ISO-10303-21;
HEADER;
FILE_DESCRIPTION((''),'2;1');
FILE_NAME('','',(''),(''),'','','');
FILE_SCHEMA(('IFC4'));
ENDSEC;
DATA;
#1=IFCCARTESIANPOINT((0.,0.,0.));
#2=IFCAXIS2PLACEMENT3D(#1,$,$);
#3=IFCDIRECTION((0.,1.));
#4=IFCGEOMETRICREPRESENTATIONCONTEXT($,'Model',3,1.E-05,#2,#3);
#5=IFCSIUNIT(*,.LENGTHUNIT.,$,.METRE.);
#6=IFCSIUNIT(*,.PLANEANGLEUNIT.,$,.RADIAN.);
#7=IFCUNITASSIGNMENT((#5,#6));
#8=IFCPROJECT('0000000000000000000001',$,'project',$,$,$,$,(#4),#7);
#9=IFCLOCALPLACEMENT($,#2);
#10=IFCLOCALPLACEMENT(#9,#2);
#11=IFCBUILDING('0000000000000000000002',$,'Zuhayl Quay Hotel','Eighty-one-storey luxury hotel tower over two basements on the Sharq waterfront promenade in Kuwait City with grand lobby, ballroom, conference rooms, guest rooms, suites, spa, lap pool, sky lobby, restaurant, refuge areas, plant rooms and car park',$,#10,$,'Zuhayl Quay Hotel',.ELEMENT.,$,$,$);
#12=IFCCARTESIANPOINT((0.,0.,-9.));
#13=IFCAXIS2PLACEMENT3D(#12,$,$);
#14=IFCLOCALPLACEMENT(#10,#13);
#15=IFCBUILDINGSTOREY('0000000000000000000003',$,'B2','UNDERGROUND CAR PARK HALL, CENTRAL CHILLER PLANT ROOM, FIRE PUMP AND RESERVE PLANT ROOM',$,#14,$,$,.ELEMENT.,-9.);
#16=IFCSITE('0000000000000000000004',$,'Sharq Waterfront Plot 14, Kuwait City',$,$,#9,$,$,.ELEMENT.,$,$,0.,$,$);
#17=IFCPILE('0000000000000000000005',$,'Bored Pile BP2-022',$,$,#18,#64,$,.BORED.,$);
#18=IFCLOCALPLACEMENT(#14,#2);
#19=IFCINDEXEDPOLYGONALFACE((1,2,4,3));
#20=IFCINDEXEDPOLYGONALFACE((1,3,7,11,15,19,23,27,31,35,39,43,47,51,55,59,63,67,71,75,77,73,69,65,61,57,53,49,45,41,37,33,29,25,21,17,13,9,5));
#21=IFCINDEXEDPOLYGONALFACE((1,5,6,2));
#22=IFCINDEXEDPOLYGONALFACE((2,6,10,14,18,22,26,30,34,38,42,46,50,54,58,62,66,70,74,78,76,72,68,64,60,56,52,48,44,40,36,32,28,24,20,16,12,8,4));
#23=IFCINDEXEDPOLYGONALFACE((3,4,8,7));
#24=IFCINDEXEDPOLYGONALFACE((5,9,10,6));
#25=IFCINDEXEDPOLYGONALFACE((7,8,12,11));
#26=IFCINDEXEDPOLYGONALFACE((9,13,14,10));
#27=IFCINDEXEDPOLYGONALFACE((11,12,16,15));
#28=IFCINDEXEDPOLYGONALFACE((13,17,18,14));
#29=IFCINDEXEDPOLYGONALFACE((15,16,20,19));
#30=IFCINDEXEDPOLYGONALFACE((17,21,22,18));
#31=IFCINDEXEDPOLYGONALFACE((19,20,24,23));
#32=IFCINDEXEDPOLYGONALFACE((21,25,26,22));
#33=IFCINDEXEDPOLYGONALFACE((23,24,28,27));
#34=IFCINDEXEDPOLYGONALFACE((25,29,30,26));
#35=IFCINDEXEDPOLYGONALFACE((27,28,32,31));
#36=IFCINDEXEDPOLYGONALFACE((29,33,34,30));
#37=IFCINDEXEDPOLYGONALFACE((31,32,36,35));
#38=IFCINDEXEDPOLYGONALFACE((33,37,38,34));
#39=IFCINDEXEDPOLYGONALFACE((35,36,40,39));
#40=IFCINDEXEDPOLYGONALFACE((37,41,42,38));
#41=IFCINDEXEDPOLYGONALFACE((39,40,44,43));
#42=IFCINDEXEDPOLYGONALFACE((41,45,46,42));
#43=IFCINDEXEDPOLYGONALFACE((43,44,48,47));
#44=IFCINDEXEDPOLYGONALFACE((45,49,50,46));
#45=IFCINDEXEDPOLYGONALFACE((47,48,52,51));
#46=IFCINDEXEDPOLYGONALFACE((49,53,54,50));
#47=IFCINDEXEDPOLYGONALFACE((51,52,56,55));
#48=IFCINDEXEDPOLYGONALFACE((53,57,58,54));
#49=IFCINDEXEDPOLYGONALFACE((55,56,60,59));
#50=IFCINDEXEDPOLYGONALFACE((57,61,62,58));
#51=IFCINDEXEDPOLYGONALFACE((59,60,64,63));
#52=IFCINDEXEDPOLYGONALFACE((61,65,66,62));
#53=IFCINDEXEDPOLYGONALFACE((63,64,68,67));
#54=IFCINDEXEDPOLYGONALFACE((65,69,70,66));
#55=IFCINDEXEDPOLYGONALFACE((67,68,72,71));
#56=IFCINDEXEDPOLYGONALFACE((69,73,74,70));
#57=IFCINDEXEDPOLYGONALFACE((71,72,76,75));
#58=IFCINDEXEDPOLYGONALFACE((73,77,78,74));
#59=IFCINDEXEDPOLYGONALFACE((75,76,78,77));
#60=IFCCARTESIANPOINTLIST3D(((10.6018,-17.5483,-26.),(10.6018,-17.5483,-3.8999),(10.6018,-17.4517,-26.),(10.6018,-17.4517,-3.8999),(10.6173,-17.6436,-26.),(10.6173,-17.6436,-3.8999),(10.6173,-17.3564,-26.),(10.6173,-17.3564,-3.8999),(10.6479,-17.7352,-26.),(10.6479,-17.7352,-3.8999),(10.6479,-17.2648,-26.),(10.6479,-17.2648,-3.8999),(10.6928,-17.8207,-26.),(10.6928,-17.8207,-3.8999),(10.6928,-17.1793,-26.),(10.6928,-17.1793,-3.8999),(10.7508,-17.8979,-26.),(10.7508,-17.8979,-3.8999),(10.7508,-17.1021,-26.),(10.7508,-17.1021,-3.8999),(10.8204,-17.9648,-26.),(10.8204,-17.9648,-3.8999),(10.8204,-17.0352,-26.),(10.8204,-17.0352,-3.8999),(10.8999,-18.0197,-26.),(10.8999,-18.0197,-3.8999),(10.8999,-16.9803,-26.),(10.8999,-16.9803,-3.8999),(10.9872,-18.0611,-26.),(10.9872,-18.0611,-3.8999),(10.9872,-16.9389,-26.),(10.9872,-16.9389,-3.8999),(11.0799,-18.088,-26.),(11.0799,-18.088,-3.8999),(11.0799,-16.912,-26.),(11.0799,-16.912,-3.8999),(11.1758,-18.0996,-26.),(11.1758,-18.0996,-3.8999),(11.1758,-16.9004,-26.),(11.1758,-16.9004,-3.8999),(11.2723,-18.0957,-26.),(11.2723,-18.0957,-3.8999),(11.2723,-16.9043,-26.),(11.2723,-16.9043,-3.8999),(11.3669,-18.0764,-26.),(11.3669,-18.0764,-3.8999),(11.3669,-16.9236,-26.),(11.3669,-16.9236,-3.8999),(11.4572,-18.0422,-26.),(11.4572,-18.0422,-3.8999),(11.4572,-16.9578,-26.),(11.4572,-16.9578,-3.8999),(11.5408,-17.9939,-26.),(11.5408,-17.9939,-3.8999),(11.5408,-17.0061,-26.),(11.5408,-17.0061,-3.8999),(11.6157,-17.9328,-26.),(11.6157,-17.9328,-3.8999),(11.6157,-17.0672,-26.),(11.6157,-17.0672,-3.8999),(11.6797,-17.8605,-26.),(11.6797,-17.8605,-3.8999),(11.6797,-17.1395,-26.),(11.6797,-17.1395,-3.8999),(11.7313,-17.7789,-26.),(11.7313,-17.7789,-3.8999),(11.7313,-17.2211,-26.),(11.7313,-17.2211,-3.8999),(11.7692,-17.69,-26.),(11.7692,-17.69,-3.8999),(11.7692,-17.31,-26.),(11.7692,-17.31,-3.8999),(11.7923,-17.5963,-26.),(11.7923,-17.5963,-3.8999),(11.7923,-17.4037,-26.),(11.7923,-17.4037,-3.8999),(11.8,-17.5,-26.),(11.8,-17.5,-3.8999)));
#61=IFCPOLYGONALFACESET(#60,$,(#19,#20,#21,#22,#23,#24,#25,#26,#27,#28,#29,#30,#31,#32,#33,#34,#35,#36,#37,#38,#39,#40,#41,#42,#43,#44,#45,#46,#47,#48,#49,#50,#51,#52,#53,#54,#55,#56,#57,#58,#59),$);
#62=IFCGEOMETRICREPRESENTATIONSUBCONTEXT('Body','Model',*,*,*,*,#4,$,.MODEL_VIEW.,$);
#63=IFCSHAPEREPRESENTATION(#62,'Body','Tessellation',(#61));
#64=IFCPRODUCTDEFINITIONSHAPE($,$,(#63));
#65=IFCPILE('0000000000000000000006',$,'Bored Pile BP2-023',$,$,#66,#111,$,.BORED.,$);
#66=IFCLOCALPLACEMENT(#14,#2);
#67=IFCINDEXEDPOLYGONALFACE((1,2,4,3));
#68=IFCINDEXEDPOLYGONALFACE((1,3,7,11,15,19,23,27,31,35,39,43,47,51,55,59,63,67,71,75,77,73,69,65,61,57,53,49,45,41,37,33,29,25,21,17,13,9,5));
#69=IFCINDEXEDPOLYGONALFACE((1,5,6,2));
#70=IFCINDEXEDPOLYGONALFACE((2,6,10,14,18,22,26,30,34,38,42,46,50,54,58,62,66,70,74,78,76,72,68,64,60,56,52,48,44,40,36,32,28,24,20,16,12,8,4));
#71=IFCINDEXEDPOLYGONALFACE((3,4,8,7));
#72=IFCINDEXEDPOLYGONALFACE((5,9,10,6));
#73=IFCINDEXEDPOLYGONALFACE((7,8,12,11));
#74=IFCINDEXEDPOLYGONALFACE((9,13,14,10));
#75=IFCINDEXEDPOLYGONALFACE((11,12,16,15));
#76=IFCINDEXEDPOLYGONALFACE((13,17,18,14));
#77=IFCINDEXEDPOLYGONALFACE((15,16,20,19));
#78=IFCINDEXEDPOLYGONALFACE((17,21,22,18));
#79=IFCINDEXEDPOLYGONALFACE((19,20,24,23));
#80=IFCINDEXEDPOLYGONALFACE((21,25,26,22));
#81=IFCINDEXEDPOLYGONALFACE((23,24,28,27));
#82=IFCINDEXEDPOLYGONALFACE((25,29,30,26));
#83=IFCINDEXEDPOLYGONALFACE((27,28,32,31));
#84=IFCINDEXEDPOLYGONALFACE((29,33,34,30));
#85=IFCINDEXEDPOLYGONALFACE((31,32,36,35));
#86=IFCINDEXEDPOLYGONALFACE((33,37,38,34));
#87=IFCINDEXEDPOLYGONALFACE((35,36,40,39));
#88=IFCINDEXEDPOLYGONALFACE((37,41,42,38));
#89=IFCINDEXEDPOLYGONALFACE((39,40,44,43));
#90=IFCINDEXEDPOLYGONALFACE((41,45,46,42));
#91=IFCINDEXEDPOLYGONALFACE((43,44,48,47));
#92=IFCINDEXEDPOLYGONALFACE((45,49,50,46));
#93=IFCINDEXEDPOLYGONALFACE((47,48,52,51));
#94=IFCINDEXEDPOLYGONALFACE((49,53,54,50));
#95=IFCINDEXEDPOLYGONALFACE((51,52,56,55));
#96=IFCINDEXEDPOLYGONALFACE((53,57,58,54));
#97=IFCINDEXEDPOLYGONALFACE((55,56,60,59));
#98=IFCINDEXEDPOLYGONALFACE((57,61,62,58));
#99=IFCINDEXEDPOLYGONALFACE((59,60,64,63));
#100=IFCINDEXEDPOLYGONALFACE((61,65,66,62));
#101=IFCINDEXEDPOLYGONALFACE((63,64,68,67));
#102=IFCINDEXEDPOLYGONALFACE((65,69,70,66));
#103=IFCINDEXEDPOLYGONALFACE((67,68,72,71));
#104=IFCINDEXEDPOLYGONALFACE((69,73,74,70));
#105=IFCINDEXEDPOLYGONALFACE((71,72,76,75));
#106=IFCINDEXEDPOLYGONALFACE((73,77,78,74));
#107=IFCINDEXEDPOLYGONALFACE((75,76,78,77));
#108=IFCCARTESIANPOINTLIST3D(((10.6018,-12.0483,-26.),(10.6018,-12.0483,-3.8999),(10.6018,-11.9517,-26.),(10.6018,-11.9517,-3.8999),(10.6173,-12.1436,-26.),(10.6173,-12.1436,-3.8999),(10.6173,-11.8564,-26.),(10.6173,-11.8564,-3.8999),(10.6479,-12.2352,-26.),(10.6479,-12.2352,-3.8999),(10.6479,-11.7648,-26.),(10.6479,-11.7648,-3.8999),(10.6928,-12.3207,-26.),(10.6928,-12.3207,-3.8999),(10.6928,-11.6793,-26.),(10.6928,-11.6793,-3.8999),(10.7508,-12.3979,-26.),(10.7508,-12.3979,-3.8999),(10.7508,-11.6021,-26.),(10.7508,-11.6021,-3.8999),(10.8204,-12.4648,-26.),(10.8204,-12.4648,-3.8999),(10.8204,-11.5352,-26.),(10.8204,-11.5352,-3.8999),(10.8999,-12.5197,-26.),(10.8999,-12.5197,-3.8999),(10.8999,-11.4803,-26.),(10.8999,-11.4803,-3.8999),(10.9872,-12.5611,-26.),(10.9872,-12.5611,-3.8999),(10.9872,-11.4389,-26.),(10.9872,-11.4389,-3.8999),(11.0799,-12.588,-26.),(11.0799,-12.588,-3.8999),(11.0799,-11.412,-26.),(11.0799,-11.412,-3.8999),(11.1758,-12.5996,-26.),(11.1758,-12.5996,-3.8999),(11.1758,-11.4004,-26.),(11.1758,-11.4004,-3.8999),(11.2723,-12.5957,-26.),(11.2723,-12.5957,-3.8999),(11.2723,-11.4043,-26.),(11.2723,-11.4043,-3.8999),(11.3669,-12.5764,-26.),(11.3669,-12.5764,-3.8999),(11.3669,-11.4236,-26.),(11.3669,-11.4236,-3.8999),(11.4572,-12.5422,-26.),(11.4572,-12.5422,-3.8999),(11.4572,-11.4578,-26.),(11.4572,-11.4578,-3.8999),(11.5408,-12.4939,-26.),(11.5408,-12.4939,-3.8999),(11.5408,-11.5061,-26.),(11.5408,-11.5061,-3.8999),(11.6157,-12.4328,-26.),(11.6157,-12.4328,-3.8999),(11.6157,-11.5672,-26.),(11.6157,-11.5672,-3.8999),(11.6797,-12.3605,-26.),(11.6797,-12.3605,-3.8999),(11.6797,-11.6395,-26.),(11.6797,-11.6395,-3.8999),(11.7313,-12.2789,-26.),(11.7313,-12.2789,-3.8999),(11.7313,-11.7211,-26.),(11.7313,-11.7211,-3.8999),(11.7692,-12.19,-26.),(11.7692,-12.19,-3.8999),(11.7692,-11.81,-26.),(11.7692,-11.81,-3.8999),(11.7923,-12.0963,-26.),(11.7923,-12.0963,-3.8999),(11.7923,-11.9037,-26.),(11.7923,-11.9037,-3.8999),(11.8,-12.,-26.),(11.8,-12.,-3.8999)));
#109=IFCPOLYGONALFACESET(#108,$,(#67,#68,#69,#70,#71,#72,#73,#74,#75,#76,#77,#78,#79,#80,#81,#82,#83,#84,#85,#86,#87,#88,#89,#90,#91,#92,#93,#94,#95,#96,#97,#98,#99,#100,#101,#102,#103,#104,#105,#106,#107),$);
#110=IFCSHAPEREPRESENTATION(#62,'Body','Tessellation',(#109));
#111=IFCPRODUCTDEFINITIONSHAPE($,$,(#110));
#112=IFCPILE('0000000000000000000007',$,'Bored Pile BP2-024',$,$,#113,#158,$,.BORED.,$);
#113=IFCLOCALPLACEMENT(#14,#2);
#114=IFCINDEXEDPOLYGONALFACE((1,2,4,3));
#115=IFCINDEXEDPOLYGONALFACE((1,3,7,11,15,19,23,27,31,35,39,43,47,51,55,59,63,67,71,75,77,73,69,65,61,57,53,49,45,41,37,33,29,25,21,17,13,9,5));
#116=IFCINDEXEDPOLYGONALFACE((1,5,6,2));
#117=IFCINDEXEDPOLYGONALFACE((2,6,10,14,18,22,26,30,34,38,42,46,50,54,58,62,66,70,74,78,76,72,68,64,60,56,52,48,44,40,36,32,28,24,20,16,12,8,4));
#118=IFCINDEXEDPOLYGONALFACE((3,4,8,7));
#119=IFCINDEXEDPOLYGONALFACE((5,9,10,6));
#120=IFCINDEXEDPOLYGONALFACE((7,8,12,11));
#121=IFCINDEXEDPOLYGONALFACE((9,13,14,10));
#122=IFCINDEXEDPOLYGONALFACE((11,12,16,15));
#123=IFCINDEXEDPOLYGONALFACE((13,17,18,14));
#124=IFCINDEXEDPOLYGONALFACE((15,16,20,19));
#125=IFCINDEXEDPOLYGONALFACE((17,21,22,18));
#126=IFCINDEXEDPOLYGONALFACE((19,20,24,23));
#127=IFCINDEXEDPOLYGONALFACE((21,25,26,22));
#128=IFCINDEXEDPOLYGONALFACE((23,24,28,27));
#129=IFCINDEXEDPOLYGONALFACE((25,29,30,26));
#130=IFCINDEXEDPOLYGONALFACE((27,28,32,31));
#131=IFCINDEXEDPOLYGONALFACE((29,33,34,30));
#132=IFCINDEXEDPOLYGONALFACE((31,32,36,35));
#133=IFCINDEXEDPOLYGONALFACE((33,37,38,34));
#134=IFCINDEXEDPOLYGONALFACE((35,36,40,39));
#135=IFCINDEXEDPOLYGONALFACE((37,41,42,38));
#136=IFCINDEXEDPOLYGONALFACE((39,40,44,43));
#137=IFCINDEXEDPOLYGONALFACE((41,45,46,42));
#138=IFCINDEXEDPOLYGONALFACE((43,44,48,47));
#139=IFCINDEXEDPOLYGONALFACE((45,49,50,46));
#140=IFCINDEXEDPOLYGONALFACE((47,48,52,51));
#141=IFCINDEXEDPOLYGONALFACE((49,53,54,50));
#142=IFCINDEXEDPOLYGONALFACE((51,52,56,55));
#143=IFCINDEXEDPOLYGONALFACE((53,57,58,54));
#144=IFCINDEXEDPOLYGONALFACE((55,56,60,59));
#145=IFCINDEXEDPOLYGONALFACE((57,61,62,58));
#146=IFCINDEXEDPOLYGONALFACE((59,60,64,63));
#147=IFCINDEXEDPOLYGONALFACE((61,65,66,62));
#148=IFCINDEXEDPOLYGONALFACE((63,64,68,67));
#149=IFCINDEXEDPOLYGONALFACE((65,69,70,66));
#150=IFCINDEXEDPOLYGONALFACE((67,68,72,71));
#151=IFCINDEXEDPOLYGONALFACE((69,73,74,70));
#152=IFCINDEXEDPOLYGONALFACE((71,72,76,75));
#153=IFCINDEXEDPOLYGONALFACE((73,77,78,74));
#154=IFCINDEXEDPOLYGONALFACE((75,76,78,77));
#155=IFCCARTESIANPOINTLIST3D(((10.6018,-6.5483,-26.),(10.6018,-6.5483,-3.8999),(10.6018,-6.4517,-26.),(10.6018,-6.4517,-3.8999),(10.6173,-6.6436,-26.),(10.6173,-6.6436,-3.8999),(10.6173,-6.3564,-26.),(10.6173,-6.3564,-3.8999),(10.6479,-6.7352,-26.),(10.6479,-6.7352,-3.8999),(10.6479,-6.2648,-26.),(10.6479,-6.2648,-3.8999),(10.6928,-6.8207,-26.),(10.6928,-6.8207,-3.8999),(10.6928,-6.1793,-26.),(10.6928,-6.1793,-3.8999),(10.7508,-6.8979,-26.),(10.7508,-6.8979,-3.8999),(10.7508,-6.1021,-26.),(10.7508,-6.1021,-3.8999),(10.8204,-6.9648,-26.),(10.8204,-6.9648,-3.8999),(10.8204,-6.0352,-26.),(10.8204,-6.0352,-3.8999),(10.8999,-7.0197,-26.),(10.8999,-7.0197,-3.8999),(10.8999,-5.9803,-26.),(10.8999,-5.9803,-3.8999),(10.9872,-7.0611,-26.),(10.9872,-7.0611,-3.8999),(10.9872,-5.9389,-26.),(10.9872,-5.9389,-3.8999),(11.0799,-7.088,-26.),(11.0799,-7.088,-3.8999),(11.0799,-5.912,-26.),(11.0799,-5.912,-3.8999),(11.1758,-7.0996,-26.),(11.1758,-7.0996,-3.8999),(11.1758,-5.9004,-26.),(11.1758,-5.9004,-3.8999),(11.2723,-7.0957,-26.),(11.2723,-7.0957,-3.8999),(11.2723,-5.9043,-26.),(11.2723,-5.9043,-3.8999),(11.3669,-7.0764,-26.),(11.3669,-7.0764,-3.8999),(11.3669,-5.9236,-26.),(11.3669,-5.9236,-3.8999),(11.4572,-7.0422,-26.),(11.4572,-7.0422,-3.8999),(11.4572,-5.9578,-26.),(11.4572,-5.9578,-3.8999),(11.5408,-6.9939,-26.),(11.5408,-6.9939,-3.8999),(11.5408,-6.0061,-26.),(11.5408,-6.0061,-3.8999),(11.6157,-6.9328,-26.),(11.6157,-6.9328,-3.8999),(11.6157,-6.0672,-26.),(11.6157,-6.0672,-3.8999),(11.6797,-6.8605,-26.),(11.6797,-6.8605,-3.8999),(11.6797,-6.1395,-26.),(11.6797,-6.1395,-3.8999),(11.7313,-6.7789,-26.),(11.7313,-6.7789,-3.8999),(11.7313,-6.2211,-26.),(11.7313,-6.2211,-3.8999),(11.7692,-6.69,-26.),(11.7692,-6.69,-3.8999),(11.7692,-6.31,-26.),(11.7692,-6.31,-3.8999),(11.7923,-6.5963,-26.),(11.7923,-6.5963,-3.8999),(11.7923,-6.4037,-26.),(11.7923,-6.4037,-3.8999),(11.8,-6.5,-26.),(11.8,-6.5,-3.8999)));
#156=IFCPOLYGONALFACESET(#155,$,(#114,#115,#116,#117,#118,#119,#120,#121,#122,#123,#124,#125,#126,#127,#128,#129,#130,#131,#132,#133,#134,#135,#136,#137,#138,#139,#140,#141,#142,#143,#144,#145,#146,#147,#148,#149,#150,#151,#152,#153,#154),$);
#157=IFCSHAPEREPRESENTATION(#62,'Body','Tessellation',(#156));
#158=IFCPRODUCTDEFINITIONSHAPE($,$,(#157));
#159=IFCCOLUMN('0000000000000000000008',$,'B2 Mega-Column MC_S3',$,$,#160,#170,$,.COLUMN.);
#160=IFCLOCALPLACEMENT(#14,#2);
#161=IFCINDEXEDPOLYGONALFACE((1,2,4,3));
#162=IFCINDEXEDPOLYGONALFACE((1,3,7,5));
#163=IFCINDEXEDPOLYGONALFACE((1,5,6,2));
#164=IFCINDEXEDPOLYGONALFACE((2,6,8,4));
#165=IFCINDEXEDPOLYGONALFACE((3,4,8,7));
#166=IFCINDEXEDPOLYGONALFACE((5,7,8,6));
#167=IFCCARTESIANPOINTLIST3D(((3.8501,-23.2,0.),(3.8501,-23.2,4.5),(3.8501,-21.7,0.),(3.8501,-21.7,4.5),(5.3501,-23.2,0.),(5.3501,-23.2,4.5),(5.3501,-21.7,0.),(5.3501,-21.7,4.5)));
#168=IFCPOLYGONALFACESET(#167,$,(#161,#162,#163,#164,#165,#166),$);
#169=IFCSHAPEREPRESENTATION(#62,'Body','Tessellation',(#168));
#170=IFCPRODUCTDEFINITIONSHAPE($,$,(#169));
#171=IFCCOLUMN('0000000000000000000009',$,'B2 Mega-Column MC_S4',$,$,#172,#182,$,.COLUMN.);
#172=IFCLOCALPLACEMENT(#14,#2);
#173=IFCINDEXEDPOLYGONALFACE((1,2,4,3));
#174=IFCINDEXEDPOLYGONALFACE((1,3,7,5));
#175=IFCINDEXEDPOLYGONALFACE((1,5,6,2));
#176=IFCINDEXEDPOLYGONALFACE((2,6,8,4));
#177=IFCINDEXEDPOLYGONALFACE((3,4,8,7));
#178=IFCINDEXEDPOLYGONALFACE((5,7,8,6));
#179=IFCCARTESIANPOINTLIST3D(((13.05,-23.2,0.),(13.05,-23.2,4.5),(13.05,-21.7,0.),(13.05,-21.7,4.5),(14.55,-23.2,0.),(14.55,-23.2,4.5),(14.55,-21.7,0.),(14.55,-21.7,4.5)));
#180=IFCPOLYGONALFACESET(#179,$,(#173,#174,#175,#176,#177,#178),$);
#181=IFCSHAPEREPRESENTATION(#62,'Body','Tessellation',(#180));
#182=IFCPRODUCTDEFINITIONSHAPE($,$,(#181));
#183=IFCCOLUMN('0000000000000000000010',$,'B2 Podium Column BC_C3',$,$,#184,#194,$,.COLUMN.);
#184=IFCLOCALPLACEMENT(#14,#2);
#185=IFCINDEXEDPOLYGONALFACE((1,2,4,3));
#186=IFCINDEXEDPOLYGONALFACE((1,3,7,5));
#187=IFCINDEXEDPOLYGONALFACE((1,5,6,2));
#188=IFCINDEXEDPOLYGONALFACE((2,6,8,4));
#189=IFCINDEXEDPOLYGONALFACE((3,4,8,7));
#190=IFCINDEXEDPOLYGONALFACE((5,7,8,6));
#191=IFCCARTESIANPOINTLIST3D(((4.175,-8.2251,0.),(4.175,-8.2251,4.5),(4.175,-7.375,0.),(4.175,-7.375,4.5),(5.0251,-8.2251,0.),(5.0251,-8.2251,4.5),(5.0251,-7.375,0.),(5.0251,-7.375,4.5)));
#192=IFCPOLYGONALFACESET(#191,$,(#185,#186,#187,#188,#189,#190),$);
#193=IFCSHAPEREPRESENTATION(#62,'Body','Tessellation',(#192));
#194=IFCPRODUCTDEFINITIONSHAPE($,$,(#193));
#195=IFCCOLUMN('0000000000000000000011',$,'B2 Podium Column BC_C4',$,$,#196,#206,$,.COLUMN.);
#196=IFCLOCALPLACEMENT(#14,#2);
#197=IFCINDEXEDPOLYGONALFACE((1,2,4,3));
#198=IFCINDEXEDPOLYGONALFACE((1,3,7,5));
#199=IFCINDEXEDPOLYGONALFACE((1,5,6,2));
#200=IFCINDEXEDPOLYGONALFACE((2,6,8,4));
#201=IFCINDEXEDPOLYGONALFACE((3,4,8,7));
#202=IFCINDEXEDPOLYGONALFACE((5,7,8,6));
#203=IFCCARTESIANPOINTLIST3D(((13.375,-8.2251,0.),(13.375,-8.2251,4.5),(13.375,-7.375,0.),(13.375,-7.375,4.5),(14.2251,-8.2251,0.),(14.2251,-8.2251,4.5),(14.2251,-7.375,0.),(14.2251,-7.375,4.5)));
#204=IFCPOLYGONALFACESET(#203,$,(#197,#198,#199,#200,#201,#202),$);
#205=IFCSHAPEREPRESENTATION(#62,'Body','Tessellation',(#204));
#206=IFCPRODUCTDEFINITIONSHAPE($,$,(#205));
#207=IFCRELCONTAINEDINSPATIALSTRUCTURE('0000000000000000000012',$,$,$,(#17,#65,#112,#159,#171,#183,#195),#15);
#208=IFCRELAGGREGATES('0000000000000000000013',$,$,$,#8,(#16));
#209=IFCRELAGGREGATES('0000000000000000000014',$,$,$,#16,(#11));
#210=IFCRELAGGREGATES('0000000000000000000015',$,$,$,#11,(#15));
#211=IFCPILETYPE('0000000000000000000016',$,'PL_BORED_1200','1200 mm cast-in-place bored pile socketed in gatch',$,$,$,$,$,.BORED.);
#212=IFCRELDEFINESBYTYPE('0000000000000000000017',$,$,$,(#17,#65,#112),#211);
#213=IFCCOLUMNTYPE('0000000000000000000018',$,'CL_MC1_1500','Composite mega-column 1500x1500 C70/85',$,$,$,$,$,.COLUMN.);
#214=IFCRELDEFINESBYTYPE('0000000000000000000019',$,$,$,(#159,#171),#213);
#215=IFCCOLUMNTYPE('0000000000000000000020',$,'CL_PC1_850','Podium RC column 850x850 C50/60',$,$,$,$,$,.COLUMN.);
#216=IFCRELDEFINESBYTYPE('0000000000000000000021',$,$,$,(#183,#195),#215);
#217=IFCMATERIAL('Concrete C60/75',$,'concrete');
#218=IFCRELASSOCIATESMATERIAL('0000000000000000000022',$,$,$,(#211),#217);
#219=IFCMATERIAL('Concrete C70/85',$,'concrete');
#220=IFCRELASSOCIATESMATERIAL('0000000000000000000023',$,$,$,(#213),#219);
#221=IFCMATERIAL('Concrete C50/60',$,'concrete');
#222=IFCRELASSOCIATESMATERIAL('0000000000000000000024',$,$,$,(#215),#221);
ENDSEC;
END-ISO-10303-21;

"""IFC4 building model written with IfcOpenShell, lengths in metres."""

from ifc_helpers import new_model, si_unit, direction, frame, origin, origin_2d, place, context, subcontext, project, spatial, rectangle, circle, extrude, material, material_profile, profile_set, type_object, element, save


model = new_model("IFC4")

# Units and contexts
model_context = context("Model", 3, precision=1e-05, world=origin(), true_north=direction((0.0, 1.0)))
body_context = subcontext(model_context, "Body", "Model", "MODEL_VIEW")
ifc_project = project(units=[si_unit("LENGTHUNIT", "METRE"), si_unit("PLANEANGLEUNIT", "RADIAN")], contexts=[model_context])

# Site, building, storey
site_placement = place(None, origin())
site = spatial("IfcSite", under=ifc_project, at=site_placement, Name="Sharq Waterfront Plot 14, Kuwait City", CompositionType="ELEMENT", RefElevation=0.0)
building_placement = place(site_placement, origin())
building = spatial("IfcBuilding", under=site, at=building_placement, Name="Zuhayl Quay Hotel", Description="Eighty-one-storey luxury hotel tower over two basements on the Sharq waterfront promenade in Kuwait City with grand lobby, ballroom, conference rooms, guest rooms, suites, spa, lap pool, sky lobby, restaurant, refuge areas, plant rooms and car park", LongName="Zuhayl Quay Hotel", CompositionType="ELEMENT")
storey_placement = place(building_placement, frame((0.0, 0.0, -9.0)))
storey = spatial("IfcBuildingStorey", under=building, at=storey_placement, Name="B2", Description="UNDERGROUND CAR PARK HALL, CENTRAL CHILLER PLANT ROOM, FIRE PUMP AND RESERVE PLANT ROOM", CompositionType="ELEMENT", Elevation=-9.0)

# Shared definitions
ifc_material_1 = material(Name="Concrete C50/60", Category="concrete")

# Piles
ifc_material_2 = material(Name="Concrete C60/75", Category="concrete")
ifc_material_profile_1 = material_profile(ifc_material_2, circle(Radius=0.6001, at=origin_2d()), Name="PILE1200")
ifc_profile_set_1 = profile_set([ifc_material_profile_1], Name="Concrete C60/75")
pile_type = type_object("IfcPileType", Name="PL_BORED_1200", Description="1200 mm cast-in-place bored pile socketed in gatch", PredefinedType="BORED", material=ifc_profile_set_1)
for number, where, z_axis, x_axis, name in (
    (1, (11.2, -17.5, -3.8999), (0.0, 0.0, -1.0), (1.0, 0.0, 0.0), "Bored Pile BP2-022"),
    (2, (11.2, -12.0, -3.8999), (0.0, 0.0, -1.0), (1.0, 0.0, 0.0), "Bored Pile BP2-023"),
    (3, (11.2, -6.5, -3.8999), (0.0, 0.0, -1.0), (1.0, 0.0, 0.0), "Bored Pile BP2-024"),
):
    element("IfcPile", number, at=place(storey_placement, frame(where, z_axis=z_axis, x_axis=x_axis)), inside=storey, type_object=pile_type, Name=name, PredefinedType="BORED", context=body_context, shape_type="SweptSolid", body=[
        extrude(circle(Radius=0.6001, at=origin_2d()), origin(), (0.0, 0.0, 1.0), 22.1001),
    ])

# Columns
ifc_material_3 = material(Name="Concrete C70/85", Category="concrete")
ifc_material_profile_2 = material_profile(ifc_material_3, rectangle(XDim=1.5, YDim=1.5, at=origin_2d()), Name="RC1500X1500")
ifc_profile_set_2 = profile_set([ifc_material_profile_2], Name="Concrete C70/85")
column_type_1 = type_object("IfcColumnType", Name="CL_MC1_1500", Description="Composite mega-column 1500x1500 C70/85", PredefinedType="COLUMN", material=ifc_profile_set_2)
for number, where, z_axis, x_axis, name in (
    (4, (4.6001, -22.45, 0.0), (0.0, 0.0, 1.0), (1.0, 0.0, 0.0), "B2 Mega-Column MC_S3"),
    (5, (13.8, -22.45, 0.0), (0.0, 0.0, 1.0), (1.0, 0.0, 0.0), "B2 Mega-Column MC_S4"),
):
    element("IfcColumn", number, at=place(storey_placement, frame(where, z_axis=z_axis, x_axis=x_axis)), inside=storey, type_object=column_type_1, Name=name, PredefinedType="COLUMN", context=body_context, shape_type="SweptSolid", body=[
        extrude(rectangle(XDim=1.5, YDim=1.5, at=origin_2d()), origin(), (0.0, 0.0, 1.0), 4.5),
    ])
ifc_material_profile_3 = material_profile(ifc_material_1, rectangle(XDim=0.8501, YDim=0.8501, at=origin_2d()), Name="RC850X850")
ifc_profile_set_3 = profile_set([ifc_material_profile_3], Name="Concrete C50/60")
column_type_2 = type_object("IfcColumnType", Name="CL_PC1_850", Description="Podium RC column 850x850 C50/60", PredefinedType="COLUMN", material=ifc_profile_set_3)
for number, where, z_axis, x_axis, name in (
    (6, (4.6001, -7.8, 0.0), (0.0, 0.0, 1.0), (1.0, 0.0, 0.0), "B2 Podium Column BC_C3"),
    (7, (13.8, -7.8, 0.0), (0.0, 0.0, 1.0), (1.0, 0.0, 0.0), "B2 Podium Column BC_C4"),
):
    element("IfcColumn", number, at=place(storey_placement, frame(where, z_axis=z_axis, x_axis=x_axis)), inside=storey, type_object=column_type_2, Name=name, PredefinedType="COLUMN", context=body_context, shape_type="SweptSolid", body=[
        extrude(rectangle(XDim=0.8501, YDim=0.8501, at=origin_2d()), origin(), (0.0, 0.0, 1.0), 4.5),
    ])

save(model, "model.ifc")
